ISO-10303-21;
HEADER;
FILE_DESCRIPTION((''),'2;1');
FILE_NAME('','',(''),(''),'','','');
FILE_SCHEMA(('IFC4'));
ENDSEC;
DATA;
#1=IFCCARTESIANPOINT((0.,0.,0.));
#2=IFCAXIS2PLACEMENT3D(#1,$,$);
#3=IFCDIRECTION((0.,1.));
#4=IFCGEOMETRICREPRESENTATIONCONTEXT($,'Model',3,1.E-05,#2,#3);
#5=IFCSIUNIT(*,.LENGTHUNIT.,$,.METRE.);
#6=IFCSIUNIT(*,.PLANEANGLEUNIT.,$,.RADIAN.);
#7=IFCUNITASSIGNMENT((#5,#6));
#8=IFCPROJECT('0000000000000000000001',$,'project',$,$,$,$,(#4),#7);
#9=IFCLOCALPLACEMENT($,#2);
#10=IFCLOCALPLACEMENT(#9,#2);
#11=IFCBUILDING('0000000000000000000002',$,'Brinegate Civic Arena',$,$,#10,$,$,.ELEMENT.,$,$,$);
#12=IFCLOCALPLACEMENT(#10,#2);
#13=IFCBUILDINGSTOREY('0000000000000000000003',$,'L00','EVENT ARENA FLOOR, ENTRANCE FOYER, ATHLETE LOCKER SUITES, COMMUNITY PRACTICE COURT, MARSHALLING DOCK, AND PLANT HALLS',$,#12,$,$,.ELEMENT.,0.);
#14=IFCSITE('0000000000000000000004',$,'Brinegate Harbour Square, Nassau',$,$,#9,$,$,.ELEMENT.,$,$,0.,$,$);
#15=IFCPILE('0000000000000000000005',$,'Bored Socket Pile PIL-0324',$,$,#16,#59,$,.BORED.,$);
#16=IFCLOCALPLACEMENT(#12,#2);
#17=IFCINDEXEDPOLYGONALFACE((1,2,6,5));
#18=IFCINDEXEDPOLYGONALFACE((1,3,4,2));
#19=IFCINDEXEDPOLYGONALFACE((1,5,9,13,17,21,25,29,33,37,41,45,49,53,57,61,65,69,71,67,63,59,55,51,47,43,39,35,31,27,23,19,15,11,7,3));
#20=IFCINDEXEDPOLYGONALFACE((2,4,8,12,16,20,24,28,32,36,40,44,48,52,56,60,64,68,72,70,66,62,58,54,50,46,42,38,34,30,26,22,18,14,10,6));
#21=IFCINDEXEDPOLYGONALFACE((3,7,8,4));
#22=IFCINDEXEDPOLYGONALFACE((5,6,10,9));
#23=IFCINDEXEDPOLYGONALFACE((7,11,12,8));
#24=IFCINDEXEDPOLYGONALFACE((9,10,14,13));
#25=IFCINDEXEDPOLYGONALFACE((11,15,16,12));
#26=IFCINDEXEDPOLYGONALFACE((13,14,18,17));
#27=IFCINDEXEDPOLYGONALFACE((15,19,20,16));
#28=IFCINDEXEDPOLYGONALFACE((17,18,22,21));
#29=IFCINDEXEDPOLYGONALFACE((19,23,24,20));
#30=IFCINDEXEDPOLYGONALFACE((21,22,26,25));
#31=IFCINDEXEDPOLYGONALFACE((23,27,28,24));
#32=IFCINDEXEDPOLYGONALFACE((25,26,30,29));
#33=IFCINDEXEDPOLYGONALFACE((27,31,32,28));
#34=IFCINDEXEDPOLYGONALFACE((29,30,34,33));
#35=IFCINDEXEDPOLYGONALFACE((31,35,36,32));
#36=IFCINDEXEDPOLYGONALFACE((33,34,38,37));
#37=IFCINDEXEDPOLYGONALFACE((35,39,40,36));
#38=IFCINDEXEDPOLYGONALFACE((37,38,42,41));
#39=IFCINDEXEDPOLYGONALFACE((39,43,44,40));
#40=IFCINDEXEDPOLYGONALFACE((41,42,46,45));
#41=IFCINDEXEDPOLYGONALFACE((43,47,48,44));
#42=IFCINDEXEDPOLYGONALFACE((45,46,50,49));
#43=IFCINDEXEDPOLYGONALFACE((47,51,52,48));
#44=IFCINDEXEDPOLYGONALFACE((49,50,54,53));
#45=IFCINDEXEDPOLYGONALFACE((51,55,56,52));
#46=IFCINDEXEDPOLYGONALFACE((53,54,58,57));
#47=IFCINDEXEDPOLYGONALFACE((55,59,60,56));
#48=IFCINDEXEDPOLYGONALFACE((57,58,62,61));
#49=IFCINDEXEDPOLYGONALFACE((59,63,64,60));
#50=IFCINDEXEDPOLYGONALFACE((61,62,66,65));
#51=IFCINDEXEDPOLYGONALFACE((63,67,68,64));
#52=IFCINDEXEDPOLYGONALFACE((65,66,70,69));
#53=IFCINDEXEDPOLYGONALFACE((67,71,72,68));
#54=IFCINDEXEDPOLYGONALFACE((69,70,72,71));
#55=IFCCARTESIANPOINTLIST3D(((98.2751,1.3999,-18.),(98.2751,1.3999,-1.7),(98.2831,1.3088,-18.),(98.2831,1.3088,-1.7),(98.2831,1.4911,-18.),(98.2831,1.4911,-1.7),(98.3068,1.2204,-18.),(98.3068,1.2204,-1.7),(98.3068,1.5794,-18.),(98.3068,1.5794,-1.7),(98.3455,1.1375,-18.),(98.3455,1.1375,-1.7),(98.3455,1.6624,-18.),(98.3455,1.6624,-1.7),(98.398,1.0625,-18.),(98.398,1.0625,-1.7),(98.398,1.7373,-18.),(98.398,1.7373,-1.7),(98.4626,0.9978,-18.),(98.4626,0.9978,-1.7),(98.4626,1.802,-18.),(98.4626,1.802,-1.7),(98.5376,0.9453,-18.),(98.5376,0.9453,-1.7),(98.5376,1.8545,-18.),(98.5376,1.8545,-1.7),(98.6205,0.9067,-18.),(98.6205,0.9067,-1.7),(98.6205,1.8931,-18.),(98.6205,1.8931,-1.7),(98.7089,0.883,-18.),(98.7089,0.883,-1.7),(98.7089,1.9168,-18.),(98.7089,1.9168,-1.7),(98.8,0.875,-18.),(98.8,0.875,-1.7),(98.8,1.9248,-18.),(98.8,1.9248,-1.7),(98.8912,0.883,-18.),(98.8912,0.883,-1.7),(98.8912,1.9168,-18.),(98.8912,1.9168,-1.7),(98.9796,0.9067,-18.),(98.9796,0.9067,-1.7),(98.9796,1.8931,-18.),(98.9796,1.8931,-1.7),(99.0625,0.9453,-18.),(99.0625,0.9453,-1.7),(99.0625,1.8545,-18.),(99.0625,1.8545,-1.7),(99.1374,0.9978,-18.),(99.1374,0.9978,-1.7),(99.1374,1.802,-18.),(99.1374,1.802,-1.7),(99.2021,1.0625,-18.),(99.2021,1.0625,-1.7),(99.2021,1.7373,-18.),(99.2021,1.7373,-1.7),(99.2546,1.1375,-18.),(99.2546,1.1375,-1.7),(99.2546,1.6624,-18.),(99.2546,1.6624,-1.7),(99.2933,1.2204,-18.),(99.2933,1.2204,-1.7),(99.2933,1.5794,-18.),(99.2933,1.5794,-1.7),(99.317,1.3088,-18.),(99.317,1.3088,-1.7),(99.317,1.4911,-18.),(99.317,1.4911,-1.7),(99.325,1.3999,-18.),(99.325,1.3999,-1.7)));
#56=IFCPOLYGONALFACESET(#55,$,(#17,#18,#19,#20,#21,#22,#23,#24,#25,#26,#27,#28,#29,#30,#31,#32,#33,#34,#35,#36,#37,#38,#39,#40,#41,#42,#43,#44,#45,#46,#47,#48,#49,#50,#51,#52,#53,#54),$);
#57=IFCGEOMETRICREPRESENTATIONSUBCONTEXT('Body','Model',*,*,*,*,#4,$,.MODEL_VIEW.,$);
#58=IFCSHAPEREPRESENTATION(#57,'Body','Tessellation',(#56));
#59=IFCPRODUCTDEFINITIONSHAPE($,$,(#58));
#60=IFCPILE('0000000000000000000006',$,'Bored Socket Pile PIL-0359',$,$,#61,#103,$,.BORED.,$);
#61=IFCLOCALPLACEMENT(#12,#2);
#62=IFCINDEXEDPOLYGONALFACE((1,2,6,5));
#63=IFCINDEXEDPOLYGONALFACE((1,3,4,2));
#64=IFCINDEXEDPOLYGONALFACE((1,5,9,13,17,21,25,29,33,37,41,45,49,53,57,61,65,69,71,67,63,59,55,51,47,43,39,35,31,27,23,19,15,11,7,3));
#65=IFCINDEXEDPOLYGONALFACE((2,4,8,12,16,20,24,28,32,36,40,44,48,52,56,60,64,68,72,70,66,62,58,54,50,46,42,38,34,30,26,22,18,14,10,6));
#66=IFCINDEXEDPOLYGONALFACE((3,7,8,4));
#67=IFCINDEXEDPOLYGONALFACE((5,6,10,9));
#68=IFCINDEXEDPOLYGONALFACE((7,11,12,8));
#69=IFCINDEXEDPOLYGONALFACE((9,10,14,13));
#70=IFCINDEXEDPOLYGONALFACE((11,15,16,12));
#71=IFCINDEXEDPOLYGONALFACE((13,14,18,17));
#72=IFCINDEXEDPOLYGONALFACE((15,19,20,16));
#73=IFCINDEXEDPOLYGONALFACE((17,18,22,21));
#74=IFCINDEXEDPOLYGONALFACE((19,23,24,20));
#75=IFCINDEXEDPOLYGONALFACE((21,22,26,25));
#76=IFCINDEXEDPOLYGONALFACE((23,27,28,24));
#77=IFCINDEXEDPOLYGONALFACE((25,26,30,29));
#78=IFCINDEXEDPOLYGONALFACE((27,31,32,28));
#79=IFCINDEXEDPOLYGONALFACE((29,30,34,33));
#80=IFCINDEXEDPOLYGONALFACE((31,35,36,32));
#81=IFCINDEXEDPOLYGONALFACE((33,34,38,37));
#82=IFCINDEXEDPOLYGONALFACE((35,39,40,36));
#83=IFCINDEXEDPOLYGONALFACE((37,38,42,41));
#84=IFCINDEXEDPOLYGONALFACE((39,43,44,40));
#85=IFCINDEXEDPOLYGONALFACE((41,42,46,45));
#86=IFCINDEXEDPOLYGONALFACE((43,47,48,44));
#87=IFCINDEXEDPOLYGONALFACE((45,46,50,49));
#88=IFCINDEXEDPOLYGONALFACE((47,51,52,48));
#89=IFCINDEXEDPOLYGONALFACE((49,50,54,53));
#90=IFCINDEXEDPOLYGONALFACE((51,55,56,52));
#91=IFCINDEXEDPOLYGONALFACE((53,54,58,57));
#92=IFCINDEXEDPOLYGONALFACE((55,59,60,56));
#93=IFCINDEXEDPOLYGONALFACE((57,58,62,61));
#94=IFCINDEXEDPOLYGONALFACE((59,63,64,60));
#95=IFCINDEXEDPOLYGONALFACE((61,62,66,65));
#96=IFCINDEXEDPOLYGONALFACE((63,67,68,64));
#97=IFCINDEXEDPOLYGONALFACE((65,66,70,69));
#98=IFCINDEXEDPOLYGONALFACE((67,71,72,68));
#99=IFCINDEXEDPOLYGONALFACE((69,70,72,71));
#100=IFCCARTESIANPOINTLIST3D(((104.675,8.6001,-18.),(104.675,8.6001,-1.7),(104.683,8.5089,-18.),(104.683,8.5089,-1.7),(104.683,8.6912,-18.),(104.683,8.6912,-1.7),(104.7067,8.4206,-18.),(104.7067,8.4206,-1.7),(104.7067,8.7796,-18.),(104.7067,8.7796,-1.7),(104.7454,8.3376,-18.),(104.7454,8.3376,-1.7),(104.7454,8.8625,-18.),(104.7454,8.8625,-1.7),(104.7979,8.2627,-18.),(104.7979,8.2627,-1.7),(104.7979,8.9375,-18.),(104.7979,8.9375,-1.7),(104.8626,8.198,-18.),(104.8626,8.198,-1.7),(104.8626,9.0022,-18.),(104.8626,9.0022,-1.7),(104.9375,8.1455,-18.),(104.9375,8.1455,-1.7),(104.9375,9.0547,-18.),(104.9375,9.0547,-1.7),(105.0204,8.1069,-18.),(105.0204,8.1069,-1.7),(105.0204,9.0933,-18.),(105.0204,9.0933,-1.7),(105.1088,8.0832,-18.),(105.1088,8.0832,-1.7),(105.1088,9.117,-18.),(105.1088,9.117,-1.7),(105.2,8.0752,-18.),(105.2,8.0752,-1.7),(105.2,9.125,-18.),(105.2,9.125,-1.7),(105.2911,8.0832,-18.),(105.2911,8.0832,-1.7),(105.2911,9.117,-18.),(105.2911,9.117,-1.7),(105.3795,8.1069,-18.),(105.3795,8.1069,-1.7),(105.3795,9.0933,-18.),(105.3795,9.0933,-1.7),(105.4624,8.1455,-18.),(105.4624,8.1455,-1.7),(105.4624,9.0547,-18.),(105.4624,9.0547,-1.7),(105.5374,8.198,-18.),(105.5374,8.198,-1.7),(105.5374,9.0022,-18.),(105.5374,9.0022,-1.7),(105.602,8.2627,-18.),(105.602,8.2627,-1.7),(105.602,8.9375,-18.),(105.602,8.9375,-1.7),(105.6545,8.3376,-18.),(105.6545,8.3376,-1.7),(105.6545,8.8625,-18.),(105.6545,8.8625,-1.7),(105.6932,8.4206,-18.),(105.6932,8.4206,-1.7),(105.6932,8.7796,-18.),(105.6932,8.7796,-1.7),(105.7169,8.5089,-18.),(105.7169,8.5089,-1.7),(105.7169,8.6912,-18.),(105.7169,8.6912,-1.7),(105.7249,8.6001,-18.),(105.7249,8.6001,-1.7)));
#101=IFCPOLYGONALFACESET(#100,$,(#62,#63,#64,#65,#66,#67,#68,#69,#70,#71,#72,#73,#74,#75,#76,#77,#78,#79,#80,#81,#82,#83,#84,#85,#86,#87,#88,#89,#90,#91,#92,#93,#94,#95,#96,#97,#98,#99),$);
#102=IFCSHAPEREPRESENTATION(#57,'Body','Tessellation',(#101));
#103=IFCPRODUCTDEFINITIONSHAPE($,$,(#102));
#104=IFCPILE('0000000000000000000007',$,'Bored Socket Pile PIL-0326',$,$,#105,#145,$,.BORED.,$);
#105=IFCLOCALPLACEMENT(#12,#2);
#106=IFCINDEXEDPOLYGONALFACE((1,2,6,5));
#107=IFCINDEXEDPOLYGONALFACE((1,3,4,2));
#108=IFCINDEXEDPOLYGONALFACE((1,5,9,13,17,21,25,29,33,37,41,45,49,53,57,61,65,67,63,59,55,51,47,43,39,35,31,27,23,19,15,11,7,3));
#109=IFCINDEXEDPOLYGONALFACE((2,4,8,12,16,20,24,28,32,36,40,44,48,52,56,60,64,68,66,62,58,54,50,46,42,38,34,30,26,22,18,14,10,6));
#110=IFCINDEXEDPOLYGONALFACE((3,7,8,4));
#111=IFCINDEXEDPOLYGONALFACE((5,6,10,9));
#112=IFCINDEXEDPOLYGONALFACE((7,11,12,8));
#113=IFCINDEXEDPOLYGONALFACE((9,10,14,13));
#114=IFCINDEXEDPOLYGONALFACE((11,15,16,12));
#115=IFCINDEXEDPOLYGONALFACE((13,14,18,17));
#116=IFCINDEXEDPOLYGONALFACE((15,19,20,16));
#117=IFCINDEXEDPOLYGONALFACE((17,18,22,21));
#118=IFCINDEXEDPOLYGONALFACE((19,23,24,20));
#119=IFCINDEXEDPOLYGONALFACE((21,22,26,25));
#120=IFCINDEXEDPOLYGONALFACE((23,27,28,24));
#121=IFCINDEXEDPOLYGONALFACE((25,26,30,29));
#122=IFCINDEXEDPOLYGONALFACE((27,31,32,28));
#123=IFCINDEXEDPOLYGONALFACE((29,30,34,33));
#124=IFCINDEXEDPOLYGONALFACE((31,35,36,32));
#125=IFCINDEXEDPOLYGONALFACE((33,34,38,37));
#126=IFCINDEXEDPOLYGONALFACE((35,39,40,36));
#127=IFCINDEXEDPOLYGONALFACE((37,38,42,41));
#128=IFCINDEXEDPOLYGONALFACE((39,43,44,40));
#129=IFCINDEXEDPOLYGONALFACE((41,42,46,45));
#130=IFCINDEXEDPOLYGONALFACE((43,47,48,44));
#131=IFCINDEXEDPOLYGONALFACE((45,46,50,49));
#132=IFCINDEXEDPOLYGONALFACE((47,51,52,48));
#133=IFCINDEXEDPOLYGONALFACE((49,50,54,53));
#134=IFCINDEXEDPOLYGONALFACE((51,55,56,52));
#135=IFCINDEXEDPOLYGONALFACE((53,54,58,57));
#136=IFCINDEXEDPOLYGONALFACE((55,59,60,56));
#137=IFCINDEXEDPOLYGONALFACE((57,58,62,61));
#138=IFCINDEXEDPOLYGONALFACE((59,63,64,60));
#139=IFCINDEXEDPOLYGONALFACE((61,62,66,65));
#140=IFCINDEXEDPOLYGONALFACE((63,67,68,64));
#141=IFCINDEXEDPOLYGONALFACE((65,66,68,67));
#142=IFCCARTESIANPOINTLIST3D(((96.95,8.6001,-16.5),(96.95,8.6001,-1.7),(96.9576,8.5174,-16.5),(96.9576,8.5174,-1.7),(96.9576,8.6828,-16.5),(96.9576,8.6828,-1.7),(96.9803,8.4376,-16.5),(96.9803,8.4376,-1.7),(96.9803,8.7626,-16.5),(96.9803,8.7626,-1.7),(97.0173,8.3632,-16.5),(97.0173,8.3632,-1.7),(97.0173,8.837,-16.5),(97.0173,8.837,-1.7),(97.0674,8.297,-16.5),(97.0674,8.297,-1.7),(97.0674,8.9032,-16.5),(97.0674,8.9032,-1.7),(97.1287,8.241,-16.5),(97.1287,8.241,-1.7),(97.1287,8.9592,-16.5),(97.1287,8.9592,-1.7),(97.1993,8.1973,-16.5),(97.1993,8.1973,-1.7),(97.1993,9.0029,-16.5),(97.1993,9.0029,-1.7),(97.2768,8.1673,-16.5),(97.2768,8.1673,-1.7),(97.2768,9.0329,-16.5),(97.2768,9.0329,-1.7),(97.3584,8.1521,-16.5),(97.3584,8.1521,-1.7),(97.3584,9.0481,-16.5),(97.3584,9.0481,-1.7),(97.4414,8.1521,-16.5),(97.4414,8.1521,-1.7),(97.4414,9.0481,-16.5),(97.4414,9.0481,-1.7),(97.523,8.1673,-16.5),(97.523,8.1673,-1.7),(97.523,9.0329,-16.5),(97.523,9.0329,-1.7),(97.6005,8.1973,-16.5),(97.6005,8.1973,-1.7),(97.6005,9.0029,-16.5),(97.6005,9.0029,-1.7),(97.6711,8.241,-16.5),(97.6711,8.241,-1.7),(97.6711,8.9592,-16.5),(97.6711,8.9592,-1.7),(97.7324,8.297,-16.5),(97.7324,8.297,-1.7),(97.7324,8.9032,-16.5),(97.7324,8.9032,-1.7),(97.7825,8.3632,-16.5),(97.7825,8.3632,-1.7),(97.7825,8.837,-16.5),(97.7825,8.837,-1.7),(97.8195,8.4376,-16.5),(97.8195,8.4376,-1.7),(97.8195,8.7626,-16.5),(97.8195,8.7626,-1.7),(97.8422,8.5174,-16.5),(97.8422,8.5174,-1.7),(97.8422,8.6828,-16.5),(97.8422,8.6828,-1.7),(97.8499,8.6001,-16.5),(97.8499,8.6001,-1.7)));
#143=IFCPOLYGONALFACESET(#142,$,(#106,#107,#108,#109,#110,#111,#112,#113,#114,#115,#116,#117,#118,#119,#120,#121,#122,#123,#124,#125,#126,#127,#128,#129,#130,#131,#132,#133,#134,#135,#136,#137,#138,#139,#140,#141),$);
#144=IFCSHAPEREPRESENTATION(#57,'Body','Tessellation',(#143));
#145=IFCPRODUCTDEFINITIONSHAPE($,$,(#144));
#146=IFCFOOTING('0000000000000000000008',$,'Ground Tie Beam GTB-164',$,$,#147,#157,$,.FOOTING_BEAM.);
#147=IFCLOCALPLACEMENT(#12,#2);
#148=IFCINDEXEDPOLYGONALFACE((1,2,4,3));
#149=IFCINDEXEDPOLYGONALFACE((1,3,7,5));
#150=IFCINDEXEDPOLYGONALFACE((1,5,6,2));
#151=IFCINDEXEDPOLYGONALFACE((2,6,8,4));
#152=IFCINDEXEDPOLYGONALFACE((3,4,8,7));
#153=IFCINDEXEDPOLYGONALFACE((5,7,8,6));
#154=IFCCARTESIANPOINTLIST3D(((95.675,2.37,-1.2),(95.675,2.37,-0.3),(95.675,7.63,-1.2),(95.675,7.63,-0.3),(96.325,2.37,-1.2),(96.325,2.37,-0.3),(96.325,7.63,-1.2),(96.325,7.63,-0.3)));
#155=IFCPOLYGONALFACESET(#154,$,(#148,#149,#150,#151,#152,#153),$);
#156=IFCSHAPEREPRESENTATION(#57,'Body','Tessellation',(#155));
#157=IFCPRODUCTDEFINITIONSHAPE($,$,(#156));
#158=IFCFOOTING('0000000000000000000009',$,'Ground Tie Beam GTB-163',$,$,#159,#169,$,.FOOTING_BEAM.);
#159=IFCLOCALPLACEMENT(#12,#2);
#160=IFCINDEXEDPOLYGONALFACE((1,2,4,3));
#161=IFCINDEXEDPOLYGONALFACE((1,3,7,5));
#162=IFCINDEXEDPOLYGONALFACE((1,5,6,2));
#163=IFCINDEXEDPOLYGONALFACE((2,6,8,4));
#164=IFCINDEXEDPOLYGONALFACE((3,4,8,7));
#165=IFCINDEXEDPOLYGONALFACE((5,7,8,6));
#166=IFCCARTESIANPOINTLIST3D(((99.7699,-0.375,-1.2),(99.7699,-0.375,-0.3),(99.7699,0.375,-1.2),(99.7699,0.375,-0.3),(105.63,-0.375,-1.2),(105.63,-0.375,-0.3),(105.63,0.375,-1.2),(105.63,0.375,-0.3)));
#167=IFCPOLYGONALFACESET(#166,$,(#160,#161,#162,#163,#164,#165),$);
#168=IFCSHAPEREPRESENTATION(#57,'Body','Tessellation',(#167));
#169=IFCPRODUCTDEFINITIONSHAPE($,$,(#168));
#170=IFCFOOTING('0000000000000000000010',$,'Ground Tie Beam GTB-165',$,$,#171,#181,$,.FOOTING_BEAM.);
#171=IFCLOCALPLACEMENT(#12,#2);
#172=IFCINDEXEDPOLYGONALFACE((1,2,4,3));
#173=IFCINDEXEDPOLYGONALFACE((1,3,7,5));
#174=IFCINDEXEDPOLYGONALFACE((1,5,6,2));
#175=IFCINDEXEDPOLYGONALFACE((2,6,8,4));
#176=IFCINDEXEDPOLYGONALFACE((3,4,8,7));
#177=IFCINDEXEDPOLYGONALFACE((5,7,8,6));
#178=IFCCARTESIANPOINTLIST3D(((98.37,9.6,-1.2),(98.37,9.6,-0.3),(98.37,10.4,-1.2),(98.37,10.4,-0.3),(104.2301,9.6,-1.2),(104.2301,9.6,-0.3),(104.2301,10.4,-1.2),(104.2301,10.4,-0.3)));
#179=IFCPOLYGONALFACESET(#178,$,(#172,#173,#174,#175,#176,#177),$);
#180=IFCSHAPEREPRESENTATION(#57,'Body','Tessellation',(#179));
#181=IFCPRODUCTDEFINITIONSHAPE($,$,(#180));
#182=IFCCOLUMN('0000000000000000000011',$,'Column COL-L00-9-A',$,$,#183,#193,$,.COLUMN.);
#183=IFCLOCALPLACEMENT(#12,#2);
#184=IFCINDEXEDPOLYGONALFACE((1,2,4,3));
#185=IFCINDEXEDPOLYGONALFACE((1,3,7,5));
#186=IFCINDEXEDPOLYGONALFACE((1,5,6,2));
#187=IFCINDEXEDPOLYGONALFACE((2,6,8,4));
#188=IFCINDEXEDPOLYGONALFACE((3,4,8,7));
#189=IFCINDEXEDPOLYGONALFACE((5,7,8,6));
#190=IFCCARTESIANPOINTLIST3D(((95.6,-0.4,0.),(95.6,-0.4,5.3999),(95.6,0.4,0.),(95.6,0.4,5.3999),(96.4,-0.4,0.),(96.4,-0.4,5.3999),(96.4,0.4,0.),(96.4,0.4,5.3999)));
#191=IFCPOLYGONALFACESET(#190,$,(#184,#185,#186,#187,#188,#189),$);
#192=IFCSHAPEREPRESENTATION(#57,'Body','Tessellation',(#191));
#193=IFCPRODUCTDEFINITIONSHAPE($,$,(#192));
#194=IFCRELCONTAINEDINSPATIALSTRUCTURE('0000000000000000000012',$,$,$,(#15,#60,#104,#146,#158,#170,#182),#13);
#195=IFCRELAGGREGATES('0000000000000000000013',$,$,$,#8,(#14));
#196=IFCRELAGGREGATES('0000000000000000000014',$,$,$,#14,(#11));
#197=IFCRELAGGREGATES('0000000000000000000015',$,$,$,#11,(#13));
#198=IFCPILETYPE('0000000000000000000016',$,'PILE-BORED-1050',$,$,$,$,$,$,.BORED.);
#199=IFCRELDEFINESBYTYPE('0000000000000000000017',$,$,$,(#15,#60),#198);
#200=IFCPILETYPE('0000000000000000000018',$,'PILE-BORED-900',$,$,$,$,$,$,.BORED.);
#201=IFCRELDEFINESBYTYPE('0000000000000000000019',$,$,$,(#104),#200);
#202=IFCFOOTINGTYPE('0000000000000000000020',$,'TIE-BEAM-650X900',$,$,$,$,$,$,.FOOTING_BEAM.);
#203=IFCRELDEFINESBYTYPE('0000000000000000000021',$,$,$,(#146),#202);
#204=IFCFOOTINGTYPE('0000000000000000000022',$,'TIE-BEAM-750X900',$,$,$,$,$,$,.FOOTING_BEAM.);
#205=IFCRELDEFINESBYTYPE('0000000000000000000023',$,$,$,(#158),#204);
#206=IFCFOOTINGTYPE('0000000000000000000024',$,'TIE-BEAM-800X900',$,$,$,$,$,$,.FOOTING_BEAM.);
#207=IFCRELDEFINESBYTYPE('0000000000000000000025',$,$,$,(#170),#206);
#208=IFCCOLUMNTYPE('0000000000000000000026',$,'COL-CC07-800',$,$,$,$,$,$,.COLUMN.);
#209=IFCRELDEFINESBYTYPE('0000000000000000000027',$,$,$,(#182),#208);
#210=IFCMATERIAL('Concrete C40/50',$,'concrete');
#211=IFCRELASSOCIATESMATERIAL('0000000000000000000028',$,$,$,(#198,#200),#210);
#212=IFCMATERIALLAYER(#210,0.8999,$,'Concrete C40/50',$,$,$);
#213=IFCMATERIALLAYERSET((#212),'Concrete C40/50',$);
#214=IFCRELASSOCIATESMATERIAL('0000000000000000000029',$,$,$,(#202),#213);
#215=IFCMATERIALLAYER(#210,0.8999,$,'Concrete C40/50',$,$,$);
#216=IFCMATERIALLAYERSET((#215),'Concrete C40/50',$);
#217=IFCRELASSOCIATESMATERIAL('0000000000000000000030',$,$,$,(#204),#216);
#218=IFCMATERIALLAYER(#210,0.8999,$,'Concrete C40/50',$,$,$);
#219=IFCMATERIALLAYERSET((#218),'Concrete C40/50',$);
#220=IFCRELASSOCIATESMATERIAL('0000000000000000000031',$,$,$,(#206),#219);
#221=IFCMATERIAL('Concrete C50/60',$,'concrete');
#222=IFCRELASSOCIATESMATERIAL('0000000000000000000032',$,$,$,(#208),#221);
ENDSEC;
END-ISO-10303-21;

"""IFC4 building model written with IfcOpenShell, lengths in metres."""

from ifc_helpers import new_model, si_unit, direction, frame, origin, origin_2d, place, context, subcontext, project, spatial, rectangle, circle, extrude, material, layer, layer_set, material_profile, profile_set, type_object, element, save


model = new_model("IFC4")

# Units and contexts
model_context = context("Model", 3, precision=1e-05, world=origin(), true_north=direction((0.0, 1.0)))
body_context = subcontext(model_context, "Body", "Model", "MODEL_VIEW")
ifc_project = project(units=[si_unit("LENGTHUNIT", "METRE"), si_unit("PLANEANGLEUNIT", "RADIAN")], contexts=[model_context])

# Site, building, storey
site_placement = place(None, origin())
site = spatial("IfcSite", under=ifc_project, at=site_placement, Name="Brinegate Harbour Square, Nassau", CompositionType="ELEMENT", RefElevation=0.0)
building_placement = place(site_placement, origin())
building = spatial("IfcBuilding", under=site, at=building_placement, Name="Brinegate Civic Arena", CompositionType="ELEMENT")
storey_placement = place(building_placement, origin())
storey = spatial("IfcBuildingStorey", under=building, at=storey_placement, Name="L00", Description="EVENT ARENA FLOOR, ENTRANCE FOYER, ATHLETE LOCKER SUITES, COMMUNITY PRACTICE COURT, MARSHALLING DOCK, AND PLANT HALLS", CompositionType="ELEMENT", Elevation=0.0)

# Shared definitions
ifc_material_1 = material(Name="Concrete C40/50", Category="concrete")

# Piles
ifc_material_profile_1 = material_profile(ifc_material_1, circle(Radius=0.5249, at=origin_2d()), Name="PILED1050")
ifc_profile_set_1 = profile_set([ifc_material_profile_1], Name="Concrete C40/50")
pile_type_1 = type_object("IfcPileType", Name="PILE-BORED-1050", PredefinedType="BORED", material=ifc_profile_set_1)
for number, where, z_axis, x_axis, name in (
    (1, (98.8, 1.3999, -1.7), (0.0, 0.0, -1.0), (1.0, 0.0, 0.0), "Bored Socket Pile PIL-0324"),
    (2, (105.2, 8.6001, -1.7), (0.0, 0.0, -1.0), (1.0, 0.0, 0.0), "Bored Socket Pile PIL-0359"),
):
    element("IfcPile", number, at=place(storey_placement, frame(where, z_axis=z_axis, x_axis=x_axis)), inside=storey, type_object=pile_type_1, Name=name, PredefinedType="BORED", context=body_context, shape_type="SweptSolid", body=[
        extrude(circle(Radius=0.5249, at=origin_2d()), origin(), (0.0, 0.0, 1.0), 16.3),
    ])
ifc_material_profile_2 = material_profile(ifc_material_1, circle(Radius=0.45, at=origin_2d()), Name="PILED900")
ifc_profile_set_2 = profile_set([ifc_material_profile_2], Name="Concrete C40/50")
pile_type_2 = type_object("IfcPileType", Name="PILE-BORED-900", PredefinedType="BORED", material=ifc_profile_set_2)
pile_placement = place(storey_placement, frame((97.3999, 8.6001, -1.7), z_axis=(0.0, 0.0, -1.0), x_axis=(1.0, 0.0, 0.0)))
element("IfcPile", 3, at=pile_placement, inside=storey, type_object=pile_type_2, Name="Bored Socket Pile PIL-0326", PredefinedType="BORED", context=body_context, shape_type="SweptSolid", body=[
    extrude(circle(Radius=0.45, at=origin_2d()), origin(), (0.0, 0.0, 1.0), 14.8),
])

# Footings
ifc_layer_1 = layer(ifc_material_1, 0.8999, Name="Concrete C40/50")
ifc_layer_set_1 = layer_set([ifc_layer_1], Name="Concrete C40/50")
footing_type_1 = type_object("IfcFootingType", Name="TIE-BEAM-650X900", PredefinedType="FOOTING_BEAM", material=ifc_layer_set_1)
footing_1_placement = place(storey_placement, frame((96.0, 5.0, -1.2), z_axis=(0.0, 0.0, 1.0), x_axis=(0.0, 1.0, 0.0)))
element("IfcFooting", 4, at=footing_1_placement, inside=storey, type_object=footing_type_1, Name="Ground Tie Beam GTB-164", PredefinedType="FOOTING_BEAM", context=body_context, shape_type="SweptSolid", body=[
    extrude(rectangle(XDim=5.26, YDim=0.6499, at=origin_2d()), origin(), (0.0, 0.0, 1.0), 0.8999),
])
ifc_layer_2 = layer(ifc_material_1, 0.8999, Name="Concrete C40/50")
ifc_layer_set_2 = layer_set([ifc_layer_2], Name="Concrete C40/50")
footing_type_2 = type_object("IfcFootingType", Name="TIE-BEAM-750X900", PredefinedType="FOOTING_BEAM", material=ifc_layer_set_2)
footing_2_placement = place(storey_placement, frame((102.7, 0.0, -1.2), z_axis=(0.0, 0.0, 1.0), x_axis=(1.0, 0.0, 0.0)))
element("IfcFooting", 5, at=footing_2_placement, inside=storey, type_object=footing_type_2, Name="Ground Tie Beam GTB-163", PredefinedType="FOOTING_BEAM", context=body_context, shape_type="SweptSolid", body=[
    extrude(rectangle(XDim=5.8601, YDim=0.75, at=origin_2d()), origin(), (0.0, 0.0, 1.0), 0.8999),
])
ifc_layer_3 = layer(ifc_material_1, 0.8999, Name="Concrete C40/50")
ifc_layer_set_3 = layer_set([ifc_layer_3], Name="Concrete C40/50")
footing_type_3 = type_object("IfcFootingType", Name="TIE-BEAM-800X900", PredefinedType="FOOTING_BEAM", material=ifc_layer_set_3)
footing_3_placement = place(storey_placement, frame((101.3, 10.0, -1.2), z_axis=(0.0, 0.0, 1.0), x_axis=(1.0, 0.0, 0.0)))
element("IfcFooting", 6, at=footing_3_placement, inside=storey, type_object=footing_type_3, Name="Ground Tie Beam GTB-165", PredefinedType="FOOTING_BEAM", context=body_context, shape_type="SweptSolid", body=[
    extrude(rectangle(XDim=5.8601, YDim=0.8, at=origin_2d()), origin(), (0.0, 0.0, 1.0), 0.8999),
])

# Column
ifc_material_2 = material(Name="Concrete C50/60", Category="concrete")
ifc_material_profile_3 = material_profile(ifc_material_2, rectangle(XDim=0.8, YDim=0.8, at=origin_2d()), Name="RC800X800")
ifc_profile_set_3 = profile_set([ifc_material_profile_3], Name="Concrete C50/60")
column_type_1 = type_object("IfcColumnType", Name="COL-CC07-800", PredefinedType="COLUMN", material=ifc_profile_set_3)
column_1_placement = place(storey_placement, frame((96.0, 0.0, 0.0), z_axis=(0.0, 0.0, 1.0), x_axis=(1.0, 0.0, 0.0)))
element("IfcColumn", 7, at=column_1_placement, inside=storey, type_object=column_type_1, Name="Column COL-L00-9-A", PredefinedType="COLUMN", context=body_context, shape_type="SweptSolid", body=[
    extrude(rectangle(XDim=0.8, YDim=0.8, at=origin_2d()), origin(), (0.0, 0.0, 1.0), 5.3999),
])

save(model, "model.ifc")
